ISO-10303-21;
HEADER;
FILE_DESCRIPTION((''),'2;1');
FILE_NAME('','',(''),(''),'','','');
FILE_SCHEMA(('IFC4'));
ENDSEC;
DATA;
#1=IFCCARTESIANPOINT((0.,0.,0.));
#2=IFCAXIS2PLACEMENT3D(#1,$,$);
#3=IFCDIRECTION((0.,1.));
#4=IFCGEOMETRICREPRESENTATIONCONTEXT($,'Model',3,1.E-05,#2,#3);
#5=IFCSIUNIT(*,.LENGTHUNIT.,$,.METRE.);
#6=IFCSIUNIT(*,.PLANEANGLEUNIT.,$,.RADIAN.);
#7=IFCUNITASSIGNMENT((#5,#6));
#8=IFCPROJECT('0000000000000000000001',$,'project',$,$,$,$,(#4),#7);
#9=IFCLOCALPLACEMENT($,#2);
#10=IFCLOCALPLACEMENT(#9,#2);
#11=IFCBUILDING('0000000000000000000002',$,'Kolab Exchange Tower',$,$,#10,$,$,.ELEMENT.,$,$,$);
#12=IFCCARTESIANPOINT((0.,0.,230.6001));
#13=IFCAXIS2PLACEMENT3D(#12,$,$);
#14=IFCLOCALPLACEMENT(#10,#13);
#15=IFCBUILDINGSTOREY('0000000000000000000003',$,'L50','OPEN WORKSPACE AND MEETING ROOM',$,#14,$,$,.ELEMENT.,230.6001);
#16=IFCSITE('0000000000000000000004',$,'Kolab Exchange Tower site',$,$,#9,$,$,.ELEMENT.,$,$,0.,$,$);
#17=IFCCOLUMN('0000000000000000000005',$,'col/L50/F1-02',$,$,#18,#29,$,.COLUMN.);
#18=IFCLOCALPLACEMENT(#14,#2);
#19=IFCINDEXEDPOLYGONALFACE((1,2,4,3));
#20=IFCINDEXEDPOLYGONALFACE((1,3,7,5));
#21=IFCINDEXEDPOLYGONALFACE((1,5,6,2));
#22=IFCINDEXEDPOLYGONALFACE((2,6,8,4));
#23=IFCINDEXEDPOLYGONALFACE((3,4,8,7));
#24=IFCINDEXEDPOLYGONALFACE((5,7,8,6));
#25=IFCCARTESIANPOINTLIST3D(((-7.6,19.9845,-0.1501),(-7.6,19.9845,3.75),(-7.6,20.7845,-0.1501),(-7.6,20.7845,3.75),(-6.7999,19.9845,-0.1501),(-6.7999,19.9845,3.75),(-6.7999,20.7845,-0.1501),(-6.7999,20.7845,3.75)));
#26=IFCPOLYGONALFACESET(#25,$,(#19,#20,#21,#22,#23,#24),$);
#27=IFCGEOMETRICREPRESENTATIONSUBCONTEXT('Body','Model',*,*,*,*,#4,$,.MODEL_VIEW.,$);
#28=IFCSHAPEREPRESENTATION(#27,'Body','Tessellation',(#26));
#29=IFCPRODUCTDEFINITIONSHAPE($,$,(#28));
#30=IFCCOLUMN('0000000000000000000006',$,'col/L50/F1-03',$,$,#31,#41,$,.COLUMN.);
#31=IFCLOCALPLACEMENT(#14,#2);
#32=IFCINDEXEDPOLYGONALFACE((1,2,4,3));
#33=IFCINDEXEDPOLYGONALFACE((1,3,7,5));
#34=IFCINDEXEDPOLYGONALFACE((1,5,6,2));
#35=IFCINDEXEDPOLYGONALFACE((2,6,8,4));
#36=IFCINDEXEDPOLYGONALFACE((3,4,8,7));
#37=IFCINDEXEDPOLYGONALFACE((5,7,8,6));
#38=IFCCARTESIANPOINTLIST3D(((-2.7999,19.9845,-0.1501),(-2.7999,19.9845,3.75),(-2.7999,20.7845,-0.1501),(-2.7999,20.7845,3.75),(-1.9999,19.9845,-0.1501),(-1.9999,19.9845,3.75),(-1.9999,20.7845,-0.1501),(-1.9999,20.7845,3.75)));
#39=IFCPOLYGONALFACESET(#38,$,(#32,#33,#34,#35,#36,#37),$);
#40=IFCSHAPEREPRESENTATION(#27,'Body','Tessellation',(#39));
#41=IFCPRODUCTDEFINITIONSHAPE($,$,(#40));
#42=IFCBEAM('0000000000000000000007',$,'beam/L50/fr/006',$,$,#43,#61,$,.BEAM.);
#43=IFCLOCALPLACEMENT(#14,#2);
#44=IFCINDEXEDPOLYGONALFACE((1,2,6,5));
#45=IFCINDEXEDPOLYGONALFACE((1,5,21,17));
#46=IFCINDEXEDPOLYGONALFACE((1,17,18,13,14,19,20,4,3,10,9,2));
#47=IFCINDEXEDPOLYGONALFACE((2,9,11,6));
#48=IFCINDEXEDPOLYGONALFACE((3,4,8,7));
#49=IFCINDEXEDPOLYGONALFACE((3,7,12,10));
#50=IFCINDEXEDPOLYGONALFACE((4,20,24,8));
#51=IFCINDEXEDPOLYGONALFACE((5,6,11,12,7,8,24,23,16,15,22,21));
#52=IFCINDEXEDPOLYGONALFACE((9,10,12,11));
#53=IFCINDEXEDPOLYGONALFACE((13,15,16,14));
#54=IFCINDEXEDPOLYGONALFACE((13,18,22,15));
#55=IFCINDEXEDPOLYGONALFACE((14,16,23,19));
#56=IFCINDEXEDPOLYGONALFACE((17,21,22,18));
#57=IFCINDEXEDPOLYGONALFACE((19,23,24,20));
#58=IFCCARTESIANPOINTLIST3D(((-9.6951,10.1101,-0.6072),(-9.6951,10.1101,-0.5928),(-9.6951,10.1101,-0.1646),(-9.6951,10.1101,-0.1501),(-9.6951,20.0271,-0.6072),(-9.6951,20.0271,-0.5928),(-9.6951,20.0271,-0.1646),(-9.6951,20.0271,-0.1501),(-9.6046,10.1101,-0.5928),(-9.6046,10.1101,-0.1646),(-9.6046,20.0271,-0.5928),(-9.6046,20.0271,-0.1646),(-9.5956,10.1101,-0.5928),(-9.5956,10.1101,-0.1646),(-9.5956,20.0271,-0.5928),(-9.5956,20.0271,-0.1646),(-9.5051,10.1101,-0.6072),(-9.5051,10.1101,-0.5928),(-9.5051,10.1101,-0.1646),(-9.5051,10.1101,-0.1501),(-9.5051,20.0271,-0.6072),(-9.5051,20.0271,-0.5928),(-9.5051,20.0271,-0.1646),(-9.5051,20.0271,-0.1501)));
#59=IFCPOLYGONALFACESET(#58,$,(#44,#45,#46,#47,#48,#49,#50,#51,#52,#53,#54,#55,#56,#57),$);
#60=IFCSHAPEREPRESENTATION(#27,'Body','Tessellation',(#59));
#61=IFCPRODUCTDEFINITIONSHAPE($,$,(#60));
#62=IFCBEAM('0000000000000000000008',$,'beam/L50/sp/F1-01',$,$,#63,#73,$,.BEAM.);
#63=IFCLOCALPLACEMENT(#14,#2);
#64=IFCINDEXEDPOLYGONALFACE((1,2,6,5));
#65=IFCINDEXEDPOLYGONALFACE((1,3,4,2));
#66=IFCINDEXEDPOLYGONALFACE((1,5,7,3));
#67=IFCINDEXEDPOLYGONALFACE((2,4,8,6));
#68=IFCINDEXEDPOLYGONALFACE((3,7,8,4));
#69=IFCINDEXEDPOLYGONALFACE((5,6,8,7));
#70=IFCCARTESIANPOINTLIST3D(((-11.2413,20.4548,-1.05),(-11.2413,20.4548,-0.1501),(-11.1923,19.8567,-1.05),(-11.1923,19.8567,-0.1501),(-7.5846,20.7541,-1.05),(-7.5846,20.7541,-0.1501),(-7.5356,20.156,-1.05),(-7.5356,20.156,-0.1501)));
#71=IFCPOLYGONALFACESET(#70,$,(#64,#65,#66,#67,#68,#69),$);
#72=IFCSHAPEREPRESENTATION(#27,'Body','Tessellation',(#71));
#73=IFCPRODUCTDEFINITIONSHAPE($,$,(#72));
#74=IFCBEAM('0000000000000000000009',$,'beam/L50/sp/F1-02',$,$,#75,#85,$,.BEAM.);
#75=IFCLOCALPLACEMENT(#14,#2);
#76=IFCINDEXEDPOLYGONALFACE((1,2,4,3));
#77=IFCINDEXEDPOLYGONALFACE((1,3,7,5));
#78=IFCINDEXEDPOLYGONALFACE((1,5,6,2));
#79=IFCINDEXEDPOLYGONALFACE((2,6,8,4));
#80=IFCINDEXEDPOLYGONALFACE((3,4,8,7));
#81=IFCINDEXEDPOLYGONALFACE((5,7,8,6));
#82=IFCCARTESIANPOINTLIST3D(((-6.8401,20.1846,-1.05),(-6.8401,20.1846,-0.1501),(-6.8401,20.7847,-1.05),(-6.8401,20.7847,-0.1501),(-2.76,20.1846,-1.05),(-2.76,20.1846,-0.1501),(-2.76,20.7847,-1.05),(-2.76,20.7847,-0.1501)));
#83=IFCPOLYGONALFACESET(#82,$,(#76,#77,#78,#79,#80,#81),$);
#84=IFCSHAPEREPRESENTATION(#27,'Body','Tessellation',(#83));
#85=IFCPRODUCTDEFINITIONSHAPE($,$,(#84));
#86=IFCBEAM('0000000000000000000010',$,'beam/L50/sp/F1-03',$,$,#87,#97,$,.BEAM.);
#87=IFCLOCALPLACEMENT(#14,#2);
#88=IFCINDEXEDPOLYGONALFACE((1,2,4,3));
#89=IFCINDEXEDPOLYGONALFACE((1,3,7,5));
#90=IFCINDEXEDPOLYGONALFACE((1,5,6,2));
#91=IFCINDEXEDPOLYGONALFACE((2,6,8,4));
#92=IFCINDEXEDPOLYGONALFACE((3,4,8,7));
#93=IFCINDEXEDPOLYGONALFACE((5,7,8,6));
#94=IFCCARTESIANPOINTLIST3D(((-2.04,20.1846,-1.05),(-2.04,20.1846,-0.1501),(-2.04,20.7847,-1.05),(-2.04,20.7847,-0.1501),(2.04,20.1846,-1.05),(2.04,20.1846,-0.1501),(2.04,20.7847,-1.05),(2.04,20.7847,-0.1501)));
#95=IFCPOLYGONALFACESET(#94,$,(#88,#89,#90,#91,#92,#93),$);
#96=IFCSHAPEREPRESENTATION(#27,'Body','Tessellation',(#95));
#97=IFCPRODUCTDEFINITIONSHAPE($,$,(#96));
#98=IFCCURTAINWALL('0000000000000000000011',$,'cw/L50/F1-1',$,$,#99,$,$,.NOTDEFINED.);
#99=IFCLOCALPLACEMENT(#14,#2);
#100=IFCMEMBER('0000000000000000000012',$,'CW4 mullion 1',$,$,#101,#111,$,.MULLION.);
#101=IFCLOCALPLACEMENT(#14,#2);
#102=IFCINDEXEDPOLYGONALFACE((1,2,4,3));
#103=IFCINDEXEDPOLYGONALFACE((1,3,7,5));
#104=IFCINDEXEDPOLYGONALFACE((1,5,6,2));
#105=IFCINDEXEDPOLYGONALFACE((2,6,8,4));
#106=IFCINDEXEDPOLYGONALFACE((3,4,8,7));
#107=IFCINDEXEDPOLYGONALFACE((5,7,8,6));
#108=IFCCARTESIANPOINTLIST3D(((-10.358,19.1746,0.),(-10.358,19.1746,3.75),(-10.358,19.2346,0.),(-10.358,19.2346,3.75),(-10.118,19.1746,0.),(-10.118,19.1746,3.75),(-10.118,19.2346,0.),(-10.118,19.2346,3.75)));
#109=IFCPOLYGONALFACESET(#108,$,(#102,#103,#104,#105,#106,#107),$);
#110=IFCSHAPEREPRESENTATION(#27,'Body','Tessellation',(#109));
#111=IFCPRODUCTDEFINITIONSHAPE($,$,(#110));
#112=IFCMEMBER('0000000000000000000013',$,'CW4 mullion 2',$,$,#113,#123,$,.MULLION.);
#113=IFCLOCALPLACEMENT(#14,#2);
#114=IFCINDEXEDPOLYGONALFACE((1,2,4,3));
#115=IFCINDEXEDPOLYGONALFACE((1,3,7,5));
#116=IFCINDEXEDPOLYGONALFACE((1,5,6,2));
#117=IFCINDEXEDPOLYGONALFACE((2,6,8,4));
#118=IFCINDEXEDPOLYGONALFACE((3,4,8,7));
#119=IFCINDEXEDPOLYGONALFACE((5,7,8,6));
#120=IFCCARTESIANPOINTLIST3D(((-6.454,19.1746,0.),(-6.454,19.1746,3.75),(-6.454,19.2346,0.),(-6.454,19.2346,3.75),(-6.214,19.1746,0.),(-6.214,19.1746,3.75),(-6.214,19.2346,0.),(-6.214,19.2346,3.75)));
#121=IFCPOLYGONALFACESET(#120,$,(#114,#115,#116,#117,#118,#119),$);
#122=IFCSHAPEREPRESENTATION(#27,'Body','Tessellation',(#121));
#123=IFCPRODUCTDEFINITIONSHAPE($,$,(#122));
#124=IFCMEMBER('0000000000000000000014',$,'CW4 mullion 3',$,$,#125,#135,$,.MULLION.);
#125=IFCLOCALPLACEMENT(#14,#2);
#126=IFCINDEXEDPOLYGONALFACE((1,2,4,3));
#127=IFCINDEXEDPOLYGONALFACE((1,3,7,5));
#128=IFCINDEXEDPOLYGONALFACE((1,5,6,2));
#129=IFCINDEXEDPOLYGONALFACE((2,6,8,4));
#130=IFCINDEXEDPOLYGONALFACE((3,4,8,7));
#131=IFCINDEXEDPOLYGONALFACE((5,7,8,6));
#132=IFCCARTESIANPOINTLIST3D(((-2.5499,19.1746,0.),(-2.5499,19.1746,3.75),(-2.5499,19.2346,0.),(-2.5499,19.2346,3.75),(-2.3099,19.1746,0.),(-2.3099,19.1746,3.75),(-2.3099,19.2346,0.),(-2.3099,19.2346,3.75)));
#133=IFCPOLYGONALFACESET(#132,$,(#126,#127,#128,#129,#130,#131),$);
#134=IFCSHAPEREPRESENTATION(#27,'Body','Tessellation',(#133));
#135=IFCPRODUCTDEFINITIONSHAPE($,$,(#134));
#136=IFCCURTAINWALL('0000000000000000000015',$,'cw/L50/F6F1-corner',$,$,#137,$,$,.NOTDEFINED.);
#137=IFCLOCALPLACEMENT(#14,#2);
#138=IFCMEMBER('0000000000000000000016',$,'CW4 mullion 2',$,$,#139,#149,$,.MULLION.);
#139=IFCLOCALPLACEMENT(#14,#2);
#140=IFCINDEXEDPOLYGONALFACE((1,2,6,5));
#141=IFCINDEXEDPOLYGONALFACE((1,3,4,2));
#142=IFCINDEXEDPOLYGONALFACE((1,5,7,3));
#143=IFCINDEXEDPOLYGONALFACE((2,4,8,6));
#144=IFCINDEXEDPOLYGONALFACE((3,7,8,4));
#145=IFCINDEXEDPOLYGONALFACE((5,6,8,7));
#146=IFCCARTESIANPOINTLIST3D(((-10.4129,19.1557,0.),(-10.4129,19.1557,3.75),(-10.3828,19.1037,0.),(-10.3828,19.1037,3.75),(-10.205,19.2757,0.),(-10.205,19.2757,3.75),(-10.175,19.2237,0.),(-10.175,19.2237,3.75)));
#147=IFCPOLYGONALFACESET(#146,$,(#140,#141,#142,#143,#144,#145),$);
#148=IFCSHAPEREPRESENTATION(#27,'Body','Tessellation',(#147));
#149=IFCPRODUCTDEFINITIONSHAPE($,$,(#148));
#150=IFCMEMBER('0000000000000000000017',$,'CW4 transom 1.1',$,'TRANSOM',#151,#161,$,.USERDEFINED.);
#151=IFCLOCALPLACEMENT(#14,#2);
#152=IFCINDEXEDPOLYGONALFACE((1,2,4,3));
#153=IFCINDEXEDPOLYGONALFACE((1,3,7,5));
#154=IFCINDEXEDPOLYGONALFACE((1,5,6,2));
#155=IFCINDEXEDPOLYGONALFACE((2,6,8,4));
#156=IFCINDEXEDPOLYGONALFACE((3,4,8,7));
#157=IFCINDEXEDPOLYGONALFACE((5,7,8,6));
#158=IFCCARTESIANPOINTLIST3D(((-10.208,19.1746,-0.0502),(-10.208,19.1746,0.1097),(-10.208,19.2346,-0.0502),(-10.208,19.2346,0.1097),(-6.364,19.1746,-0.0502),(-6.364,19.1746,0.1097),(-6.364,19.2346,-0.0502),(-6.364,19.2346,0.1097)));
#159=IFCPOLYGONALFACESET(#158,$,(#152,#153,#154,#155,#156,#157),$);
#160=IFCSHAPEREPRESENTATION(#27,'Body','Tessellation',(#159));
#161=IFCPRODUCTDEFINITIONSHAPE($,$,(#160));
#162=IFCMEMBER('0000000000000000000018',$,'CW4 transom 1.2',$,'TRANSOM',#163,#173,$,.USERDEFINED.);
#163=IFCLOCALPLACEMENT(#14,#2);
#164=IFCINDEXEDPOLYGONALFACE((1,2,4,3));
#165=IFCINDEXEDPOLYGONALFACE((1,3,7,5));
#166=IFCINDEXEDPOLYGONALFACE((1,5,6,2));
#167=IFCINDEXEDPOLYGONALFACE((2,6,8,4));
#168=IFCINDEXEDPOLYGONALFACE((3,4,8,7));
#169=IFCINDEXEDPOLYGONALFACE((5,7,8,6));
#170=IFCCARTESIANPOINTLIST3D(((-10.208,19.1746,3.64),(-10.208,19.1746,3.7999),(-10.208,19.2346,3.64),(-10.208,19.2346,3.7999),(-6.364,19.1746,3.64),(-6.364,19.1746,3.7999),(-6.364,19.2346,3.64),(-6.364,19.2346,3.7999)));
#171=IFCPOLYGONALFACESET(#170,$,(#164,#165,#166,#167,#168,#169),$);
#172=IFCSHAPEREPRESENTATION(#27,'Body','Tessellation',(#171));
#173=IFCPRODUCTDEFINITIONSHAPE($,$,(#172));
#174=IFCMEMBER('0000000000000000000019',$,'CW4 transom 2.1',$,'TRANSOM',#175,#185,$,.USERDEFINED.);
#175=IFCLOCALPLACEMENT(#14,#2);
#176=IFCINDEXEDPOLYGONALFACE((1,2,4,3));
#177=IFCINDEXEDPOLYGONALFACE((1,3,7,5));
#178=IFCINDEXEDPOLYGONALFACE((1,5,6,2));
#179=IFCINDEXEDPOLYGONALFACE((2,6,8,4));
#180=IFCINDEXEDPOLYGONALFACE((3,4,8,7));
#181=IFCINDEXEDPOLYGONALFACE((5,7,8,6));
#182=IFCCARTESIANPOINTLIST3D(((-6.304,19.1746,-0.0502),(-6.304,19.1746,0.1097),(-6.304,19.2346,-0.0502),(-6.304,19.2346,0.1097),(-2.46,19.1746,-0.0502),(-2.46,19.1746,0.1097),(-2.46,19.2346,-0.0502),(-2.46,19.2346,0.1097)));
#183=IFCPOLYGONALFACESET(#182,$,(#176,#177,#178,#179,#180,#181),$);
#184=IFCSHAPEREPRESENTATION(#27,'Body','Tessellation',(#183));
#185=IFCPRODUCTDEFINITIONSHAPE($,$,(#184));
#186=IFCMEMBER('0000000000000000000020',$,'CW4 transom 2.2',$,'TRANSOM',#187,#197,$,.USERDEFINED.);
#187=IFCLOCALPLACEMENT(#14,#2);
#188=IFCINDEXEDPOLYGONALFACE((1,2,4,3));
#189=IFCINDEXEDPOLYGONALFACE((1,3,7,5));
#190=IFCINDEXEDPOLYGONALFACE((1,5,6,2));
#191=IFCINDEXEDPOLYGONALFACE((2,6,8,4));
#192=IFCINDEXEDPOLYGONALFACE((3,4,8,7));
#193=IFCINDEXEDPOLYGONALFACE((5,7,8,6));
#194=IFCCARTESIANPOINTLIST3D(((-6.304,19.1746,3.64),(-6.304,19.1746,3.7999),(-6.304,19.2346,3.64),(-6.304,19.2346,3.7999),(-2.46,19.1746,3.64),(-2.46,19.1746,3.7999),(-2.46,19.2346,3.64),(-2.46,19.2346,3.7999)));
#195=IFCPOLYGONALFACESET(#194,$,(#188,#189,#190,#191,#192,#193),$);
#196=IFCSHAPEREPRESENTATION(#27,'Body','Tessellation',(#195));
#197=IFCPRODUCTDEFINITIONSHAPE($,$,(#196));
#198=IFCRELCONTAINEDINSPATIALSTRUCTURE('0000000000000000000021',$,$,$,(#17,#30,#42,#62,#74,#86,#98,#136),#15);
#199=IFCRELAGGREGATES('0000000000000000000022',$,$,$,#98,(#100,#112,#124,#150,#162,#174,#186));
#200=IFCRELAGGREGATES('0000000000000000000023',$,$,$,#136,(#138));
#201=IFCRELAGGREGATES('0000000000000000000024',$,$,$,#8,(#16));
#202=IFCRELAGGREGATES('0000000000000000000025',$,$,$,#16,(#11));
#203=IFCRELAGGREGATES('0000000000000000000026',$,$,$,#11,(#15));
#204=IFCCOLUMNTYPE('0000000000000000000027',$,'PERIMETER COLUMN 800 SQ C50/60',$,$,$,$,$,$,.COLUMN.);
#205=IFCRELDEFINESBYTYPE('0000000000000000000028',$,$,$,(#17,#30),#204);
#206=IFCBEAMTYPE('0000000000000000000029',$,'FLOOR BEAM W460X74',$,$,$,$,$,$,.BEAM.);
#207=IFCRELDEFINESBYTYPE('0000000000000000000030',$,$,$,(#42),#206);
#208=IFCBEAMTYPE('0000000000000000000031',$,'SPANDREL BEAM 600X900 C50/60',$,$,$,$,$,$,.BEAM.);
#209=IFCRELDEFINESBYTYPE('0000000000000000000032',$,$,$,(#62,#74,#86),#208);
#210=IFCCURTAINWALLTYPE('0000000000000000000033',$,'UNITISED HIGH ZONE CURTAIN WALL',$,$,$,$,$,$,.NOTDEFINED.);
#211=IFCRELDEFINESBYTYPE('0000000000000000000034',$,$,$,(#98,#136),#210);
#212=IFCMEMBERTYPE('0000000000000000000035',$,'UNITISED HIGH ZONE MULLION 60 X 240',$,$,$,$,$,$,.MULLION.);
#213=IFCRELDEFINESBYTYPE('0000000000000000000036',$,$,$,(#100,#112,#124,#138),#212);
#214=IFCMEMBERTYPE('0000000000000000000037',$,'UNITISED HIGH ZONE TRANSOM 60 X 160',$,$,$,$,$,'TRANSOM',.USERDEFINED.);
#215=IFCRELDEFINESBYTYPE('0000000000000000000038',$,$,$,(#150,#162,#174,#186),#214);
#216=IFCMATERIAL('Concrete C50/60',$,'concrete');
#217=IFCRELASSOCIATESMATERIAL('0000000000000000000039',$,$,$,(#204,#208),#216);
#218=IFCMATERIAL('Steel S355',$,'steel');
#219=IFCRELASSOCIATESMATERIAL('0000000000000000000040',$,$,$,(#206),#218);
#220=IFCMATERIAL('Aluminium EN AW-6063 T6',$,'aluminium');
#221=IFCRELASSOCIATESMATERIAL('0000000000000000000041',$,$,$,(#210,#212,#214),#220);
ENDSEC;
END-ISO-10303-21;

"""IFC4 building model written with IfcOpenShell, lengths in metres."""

from ifc_helpers import new_model, si_unit, direction, frame, origin, origin_2d, place, context, subcontext, project, spatial, rectangle, i_section, extrude, material, material_profile, profile_set, type_object, element, aggregate, save


model = new_model("IFC4")

# Units and contexts
model_context = context("Model", 3, precision=1e-05, world=origin(), true_north=direction((0.0, 1.0)))
body_context = subcontext(model_context, "Body", "Model", "MODEL_VIEW")
ifc_project = project(units=[si_unit("LENGTHUNIT", "METRE"), si_unit("PLANEANGLEUNIT", "RADIAN")], contexts=[model_context])

# Site, building, storey
site_placement = place(None, origin())
site = spatial("IfcSite", under=ifc_project, at=site_placement, Name="Kolab Exchange Tower site", CompositionType="ELEMENT", RefElevation=0.0)
building_placement = place(site_placement, origin())
building = spatial("IfcBuilding", under=site, at=building_placement, Name="Kolab Exchange Tower", CompositionType="ELEMENT")
storey_placement = place(building_placement, frame((0.0, 0.0, 230.6001)))
storey = spatial("IfcBuildingStorey", under=building, at=storey_placement, Name="L50", Description="OPEN WORKSPACE AND MEETING ROOM", CompositionType="ELEMENT", Elevation=230.6001)

# Columns
ifc_material_1 = material(Name="Concrete C50/60", Category="concrete")
ifc_material_profile_1 = material_profile(ifc_material_1, rectangle(XDim=0.8, YDim=0.8, at=origin_2d()), Name="RC800")
ifc_profile_set_1 = profile_set([ifc_material_profile_1], Name="Concrete C50/60")
column_type = type_object("IfcColumnType", Name="PERIMETER COLUMN 800 SQ C50/60", PredefinedType="COLUMN", material=ifc_profile_set_1)
for number, where, z_axis, x_axis, name in (
    (1, (-7.2, 20.3845, -0.1501), (0.0, 0.0, 1.0), (1.0, 0.0, 0.0), "col/L50/F1-02"),
    (2, (-2.3999, 20.3845, -0.1501), (0.0, 0.0, 1.0), (1.0, 0.0, 0.0), "col/L50/F1-03"),
):
    element("IfcColumn", number, at=place(storey_placement, frame(where, z_axis=z_axis, x_axis=x_axis)), inside=storey, type_object=column_type, Name=name, PredefinedType="COLUMN", context=body_context, shape_type="SweptSolid", body=[
        extrude(rectangle(XDim=0.8, YDim=0.8, at=origin_2d()), origin(), (0.0, 0.0, 1.0), 3.9001),
    ])

# Beams
ifc_material_2 = material(Name="Steel S355", Category="steel")
ifc_material_profile_2 = material_profile(ifc_material_2, i_section(OverallWidth=0.1899, OverallDepth=0.457, WebThickness=0.009, FlangeThickness=0.0144, at=origin_2d()), Name="W460X74")
ifc_profile_set_2 = profile_set([ifc_material_profile_2], Name="Steel S355")
beam_type_1 = type_object("IfcBeamType", Name="FLOOR BEAM W460X74", PredefinedType="BEAM", material=ifc_profile_set_2)
beam_1_placement = place(storey_placement, frame((-9.6001, 10.1101, -0.3787), z_axis=(0.0, 1.0, 0.0), x_axis=(-1.0, 0.0, 0.0)))
element("IfcBeam", 3, at=beam_1_placement, inside=storey, type_object=beam_type_1, Name="beam/L50/fr/006", PredefinedType="BEAM", context=body_context, shape_type="SweptSolid", body=[
    extrude(i_section(OverallWidth=0.1899, OverallDepth=0.457, WebThickness=0.009, FlangeThickness=0.0144, at=origin_2d()), origin(), (0.0, 0.0, 1.0), 9.917),
])
ifc_material_profile_3 = material_profile(ifc_material_1, rectangle(XDim=0.6001, YDim=0.8999, at=origin_2d()), Name="RC600X900")
ifc_profile_set_3 = profile_set([ifc_material_profile_3], Name="Concrete C50/60")
beam_type_2 = type_object("IfcBeamType", Name="SPANDREL BEAM 600X900 C50/60", PredefinedType="BEAM", material=ifc_profile_set_3)
beam_2_placement = place(storey_placement, frame((-11.2168, 20.1558, -0.6001), z_axis=(0.996667, 0.081581, 0.0), x_axis=(-0.081581, 0.996667, 0.0)))
element("IfcBeam", 4, at=beam_2_placement, inside=storey, type_object=beam_type_2, Name="beam/L50/sp/F1-01", PredefinedType="BEAM", context=body_context, shape_type="SweptSolid", body=[
    extrude(rectangle(XDim=0.6001, YDim=0.8999, at=origin_2d()), origin(), (0.0, 0.0, 1.0), 3.6689),
])
for number, where, z_axis, x_axis, name in (
    (5, (-6.8401, 20.4846, -0.6001), (1.0, 0.0, 0.0), (0.0, 1.0, 0.0), "beam/L50/sp/F1-02"),
    (6, (-2.04, 20.4846, -0.6001), (1.0, 0.0, 0.0), (0.0, 1.0, 0.0), "beam/L50/sp/F1-03"),
):
    element("IfcBeam", number, at=place(storey_placement, frame(where, z_axis=z_axis, x_axis=x_axis)), inside=storey, type_object=beam_type_2, Name=name, PredefinedType="BEAM", context=body_context, shape_type="SweptSolid", body=[
        extrude(rectangle(XDim=0.6001, YDim=0.8999, at=origin_2d()), origin(), (0.0, 0.0, 1.0), 4.0801),
    ])

# Curtain wall, members
ifc_material_3 = material(Name="Aluminium EN AW-6063 T6", Category="aluminium")
curtain_wall_type = type_object("IfcCurtainWallType", Name="UNITISED HIGH ZONE CURTAIN WALL", PredefinedType="NOTDEFINED", material=ifc_material_3)
curtain_wall_1_placement = place(storey_placement, origin())
curtain_wall_1 = element("IfcCurtainWall", 7, at=curtain_wall_1_placement, inside=storey, type_object=curtain_wall_type, Name="cw/L50/F1-1", PredefinedType="NOTDEFINED")
ifc_material_profile_4 = material_profile(ifc_material_3, rectangle(XDim=0.0601, YDim=0.24, at=origin_2d()), Name="RECT 60X240")
ifc_profile_set_4 = profile_set([ifc_material_profile_4], Name="Aluminium EN AW-6063 T6")
member_type_1 = type_object("IfcMemberType", Name="UNITISED HIGH ZONE MULLION 60 X 240", PredefinedType="MULLION", material=ifc_profile_set_4)
member_1_placement = place(storey_placement, frame((-10.238, 19.2046, 0.0), z_axis=(0.0, 0.0, 1.0), x_axis=(0.0, 1.0, 0.0)))
member_1 = element("IfcMember", 8, at=member_1_placement, type_object=member_type_1, Name="CW4 mullion 1", PredefinedType="MULLION", context=body_context, shape_type="SweptSolid", body=[
    extrude(rectangle(XDim=0.0601, YDim=0.24, at=origin_2d()), origin(), (0.0, 0.0, 1.0), 3.75),
])
member_2_placement = place(storey_placement, frame((-6.334, 19.2046, 0.0), z_axis=(0.0, 0.0, 1.0), x_axis=(0.0, 1.0, 0.0)))
member_2 = element("IfcMember", 9, at=member_2_placement, type_object=member_type_1, Name="CW4 mullion 2", PredefinedType="MULLION", context=body_context, shape_type="SweptSolid", body=[
    extrude(rectangle(XDim=0.0601, YDim=0.24, at=origin_2d()), origin(), (0.0, 0.0, 1.0), 3.75),
])
member_3_placement = place(storey_placement, frame((-2.4299, 19.2046, 0.0), z_axis=(0.0, 0.0, 1.0), x_axis=(0.0, 1.0, 0.0)))
member_3 = element("IfcMember", 10, at=member_3_placement, type_object=member_type_1, Name="CW4 mullion 3", PredefinedType="MULLION", context=body_context, shape_type="SweptSolid", body=[
    extrude(rectangle(XDim=0.0601, YDim=0.24, at=origin_2d()), origin(), (0.0, 0.0, 1.0), 3.75),
])

# Curtain wall, member
curtain_wall_2_placement = place(storey_placement, origin())
curtain_wall_2 = element("IfcCurtainWall", 11, at=curtain_wall_2_placement, inside=storey, type_object=curtain_wall_type, Name="cw/L50/F6F1-corner", PredefinedType="NOTDEFINED")
member_4_placement = place(storey_placement, frame((-10.2939, 19.1897, 0.0), z_axis=(0.0, 0.0, 1.0), x_axis=(-0.5, 0.866025, 0.0)))
member_4 = element("IfcMember", 12, at=member_4_placement, type_object=member_type_1, Name="CW4 mullion 2", PredefinedType="MULLION", context=body_context, shape_type="SweptSolid", body=[
    extrude(rectangle(XDim=0.0601, YDim=0.24, at=origin_2d()), origin(), (0.0, 0.0, 1.0), 3.75),
])

# Members
ifc_material_profile_5 = material_profile(ifc_material_3, rectangle(XDim=0.0601, YDim=0.1599, at=origin_2d()), Name="RECT 60X160")
ifc_profile_set_5 = profile_set([ifc_material_profile_5], Name="Aluminium EN AW-6063 T6")
member_type_2 = type_object("IfcMemberType", Name="UNITISED HIGH ZONE TRANSOM 60 X 160", ElementType="TRANSOM", PredefinedType="USERDEFINED", material=ifc_profile_set_5)
member_5_placement = place(storey_placement, frame((-10.208, 19.2046, 0.0298), z_axis=(1.0, 0.0, 0.0), x_axis=(0.0, 1.0, 0.0)))
member_5 = element("IfcMember", 13, at=member_5_placement, type_object=member_type_2, Name="CW4 transom 1.1", ObjectType="TRANSOM", PredefinedType="USERDEFINED", context=body_context, shape_type="SweptSolid", body=[
    extrude(rectangle(XDim=0.0601, YDim=0.1599, at=origin_2d()), origin(), (0.0, 0.0, 1.0), 3.844),
])
member_6_placement = place(storey_placement, frame((-10.208, 19.2046, 3.72), z_axis=(1.0, 0.0, 0.0), x_axis=(0.0, 1.0, 0.0)))
member_6 = element("IfcMember", 14, at=member_6_placement, type_object=member_type_2, Name="CW4 transom 1.2", ObjectType="TRANSOM", PredefinedType="USERDEFINED", context=body_context, shape_type="SweptSolid", body=[
    extrude(rectangle(XDim=0.0601, YDim=0.1599, at=origin_2d()), origin(), (0.0, 0.0, 1.0), 3.844),
])
member_7_placement = place(storey_placement, frame((-6.304, 19.2046, 0.0298), z_axis=(1.0, 0.0, 0.0), x_axis=(0.0, 1.0, 0.0)))
member_7 = element("IfcMember", 15, at=member_7_placement, type_object=member_type_2, Name="CW4 transom 2.1", ObjectType="TRANSOM", PredefinedType="USERDEFINED", context=body_context, shape_type="SweptSolid", body=[
    extrude(rectangle(XDim=0.0601, YDim=0.1599, at=origin_2d()), origin(), (0.0, 0.0, 1.0), 3.844),
])
member_8_placement = place(storey_placement, frame((-6.304, 19.2046, 3.72), z_axis=(1.0, 0.0, 0.0), x_axis=(0.0, 1.0, 0.0)))
member_8 = element("IfcMember", 16, at=member_8_placement, type_object=member_type_2, Name="CW4 transom 2.2", ObjectType="TRANSOM", PredefinedType="USERDEFINED", context=body_context, shape_type="SweptSolid", body=[
    extrude(rectangle(XDim=0.0601, YDim=0.1599, at=origin_2d()), origin(), (0.0, 0.0, 1.0), 3.844),
])

aggregate(curtain_wall_1, [member_1, member_2, member_3, member_5, member_6, member_7, member_8])
aggregate(curtain_wall_2, [member_4])

save(model, "model.ifc")
